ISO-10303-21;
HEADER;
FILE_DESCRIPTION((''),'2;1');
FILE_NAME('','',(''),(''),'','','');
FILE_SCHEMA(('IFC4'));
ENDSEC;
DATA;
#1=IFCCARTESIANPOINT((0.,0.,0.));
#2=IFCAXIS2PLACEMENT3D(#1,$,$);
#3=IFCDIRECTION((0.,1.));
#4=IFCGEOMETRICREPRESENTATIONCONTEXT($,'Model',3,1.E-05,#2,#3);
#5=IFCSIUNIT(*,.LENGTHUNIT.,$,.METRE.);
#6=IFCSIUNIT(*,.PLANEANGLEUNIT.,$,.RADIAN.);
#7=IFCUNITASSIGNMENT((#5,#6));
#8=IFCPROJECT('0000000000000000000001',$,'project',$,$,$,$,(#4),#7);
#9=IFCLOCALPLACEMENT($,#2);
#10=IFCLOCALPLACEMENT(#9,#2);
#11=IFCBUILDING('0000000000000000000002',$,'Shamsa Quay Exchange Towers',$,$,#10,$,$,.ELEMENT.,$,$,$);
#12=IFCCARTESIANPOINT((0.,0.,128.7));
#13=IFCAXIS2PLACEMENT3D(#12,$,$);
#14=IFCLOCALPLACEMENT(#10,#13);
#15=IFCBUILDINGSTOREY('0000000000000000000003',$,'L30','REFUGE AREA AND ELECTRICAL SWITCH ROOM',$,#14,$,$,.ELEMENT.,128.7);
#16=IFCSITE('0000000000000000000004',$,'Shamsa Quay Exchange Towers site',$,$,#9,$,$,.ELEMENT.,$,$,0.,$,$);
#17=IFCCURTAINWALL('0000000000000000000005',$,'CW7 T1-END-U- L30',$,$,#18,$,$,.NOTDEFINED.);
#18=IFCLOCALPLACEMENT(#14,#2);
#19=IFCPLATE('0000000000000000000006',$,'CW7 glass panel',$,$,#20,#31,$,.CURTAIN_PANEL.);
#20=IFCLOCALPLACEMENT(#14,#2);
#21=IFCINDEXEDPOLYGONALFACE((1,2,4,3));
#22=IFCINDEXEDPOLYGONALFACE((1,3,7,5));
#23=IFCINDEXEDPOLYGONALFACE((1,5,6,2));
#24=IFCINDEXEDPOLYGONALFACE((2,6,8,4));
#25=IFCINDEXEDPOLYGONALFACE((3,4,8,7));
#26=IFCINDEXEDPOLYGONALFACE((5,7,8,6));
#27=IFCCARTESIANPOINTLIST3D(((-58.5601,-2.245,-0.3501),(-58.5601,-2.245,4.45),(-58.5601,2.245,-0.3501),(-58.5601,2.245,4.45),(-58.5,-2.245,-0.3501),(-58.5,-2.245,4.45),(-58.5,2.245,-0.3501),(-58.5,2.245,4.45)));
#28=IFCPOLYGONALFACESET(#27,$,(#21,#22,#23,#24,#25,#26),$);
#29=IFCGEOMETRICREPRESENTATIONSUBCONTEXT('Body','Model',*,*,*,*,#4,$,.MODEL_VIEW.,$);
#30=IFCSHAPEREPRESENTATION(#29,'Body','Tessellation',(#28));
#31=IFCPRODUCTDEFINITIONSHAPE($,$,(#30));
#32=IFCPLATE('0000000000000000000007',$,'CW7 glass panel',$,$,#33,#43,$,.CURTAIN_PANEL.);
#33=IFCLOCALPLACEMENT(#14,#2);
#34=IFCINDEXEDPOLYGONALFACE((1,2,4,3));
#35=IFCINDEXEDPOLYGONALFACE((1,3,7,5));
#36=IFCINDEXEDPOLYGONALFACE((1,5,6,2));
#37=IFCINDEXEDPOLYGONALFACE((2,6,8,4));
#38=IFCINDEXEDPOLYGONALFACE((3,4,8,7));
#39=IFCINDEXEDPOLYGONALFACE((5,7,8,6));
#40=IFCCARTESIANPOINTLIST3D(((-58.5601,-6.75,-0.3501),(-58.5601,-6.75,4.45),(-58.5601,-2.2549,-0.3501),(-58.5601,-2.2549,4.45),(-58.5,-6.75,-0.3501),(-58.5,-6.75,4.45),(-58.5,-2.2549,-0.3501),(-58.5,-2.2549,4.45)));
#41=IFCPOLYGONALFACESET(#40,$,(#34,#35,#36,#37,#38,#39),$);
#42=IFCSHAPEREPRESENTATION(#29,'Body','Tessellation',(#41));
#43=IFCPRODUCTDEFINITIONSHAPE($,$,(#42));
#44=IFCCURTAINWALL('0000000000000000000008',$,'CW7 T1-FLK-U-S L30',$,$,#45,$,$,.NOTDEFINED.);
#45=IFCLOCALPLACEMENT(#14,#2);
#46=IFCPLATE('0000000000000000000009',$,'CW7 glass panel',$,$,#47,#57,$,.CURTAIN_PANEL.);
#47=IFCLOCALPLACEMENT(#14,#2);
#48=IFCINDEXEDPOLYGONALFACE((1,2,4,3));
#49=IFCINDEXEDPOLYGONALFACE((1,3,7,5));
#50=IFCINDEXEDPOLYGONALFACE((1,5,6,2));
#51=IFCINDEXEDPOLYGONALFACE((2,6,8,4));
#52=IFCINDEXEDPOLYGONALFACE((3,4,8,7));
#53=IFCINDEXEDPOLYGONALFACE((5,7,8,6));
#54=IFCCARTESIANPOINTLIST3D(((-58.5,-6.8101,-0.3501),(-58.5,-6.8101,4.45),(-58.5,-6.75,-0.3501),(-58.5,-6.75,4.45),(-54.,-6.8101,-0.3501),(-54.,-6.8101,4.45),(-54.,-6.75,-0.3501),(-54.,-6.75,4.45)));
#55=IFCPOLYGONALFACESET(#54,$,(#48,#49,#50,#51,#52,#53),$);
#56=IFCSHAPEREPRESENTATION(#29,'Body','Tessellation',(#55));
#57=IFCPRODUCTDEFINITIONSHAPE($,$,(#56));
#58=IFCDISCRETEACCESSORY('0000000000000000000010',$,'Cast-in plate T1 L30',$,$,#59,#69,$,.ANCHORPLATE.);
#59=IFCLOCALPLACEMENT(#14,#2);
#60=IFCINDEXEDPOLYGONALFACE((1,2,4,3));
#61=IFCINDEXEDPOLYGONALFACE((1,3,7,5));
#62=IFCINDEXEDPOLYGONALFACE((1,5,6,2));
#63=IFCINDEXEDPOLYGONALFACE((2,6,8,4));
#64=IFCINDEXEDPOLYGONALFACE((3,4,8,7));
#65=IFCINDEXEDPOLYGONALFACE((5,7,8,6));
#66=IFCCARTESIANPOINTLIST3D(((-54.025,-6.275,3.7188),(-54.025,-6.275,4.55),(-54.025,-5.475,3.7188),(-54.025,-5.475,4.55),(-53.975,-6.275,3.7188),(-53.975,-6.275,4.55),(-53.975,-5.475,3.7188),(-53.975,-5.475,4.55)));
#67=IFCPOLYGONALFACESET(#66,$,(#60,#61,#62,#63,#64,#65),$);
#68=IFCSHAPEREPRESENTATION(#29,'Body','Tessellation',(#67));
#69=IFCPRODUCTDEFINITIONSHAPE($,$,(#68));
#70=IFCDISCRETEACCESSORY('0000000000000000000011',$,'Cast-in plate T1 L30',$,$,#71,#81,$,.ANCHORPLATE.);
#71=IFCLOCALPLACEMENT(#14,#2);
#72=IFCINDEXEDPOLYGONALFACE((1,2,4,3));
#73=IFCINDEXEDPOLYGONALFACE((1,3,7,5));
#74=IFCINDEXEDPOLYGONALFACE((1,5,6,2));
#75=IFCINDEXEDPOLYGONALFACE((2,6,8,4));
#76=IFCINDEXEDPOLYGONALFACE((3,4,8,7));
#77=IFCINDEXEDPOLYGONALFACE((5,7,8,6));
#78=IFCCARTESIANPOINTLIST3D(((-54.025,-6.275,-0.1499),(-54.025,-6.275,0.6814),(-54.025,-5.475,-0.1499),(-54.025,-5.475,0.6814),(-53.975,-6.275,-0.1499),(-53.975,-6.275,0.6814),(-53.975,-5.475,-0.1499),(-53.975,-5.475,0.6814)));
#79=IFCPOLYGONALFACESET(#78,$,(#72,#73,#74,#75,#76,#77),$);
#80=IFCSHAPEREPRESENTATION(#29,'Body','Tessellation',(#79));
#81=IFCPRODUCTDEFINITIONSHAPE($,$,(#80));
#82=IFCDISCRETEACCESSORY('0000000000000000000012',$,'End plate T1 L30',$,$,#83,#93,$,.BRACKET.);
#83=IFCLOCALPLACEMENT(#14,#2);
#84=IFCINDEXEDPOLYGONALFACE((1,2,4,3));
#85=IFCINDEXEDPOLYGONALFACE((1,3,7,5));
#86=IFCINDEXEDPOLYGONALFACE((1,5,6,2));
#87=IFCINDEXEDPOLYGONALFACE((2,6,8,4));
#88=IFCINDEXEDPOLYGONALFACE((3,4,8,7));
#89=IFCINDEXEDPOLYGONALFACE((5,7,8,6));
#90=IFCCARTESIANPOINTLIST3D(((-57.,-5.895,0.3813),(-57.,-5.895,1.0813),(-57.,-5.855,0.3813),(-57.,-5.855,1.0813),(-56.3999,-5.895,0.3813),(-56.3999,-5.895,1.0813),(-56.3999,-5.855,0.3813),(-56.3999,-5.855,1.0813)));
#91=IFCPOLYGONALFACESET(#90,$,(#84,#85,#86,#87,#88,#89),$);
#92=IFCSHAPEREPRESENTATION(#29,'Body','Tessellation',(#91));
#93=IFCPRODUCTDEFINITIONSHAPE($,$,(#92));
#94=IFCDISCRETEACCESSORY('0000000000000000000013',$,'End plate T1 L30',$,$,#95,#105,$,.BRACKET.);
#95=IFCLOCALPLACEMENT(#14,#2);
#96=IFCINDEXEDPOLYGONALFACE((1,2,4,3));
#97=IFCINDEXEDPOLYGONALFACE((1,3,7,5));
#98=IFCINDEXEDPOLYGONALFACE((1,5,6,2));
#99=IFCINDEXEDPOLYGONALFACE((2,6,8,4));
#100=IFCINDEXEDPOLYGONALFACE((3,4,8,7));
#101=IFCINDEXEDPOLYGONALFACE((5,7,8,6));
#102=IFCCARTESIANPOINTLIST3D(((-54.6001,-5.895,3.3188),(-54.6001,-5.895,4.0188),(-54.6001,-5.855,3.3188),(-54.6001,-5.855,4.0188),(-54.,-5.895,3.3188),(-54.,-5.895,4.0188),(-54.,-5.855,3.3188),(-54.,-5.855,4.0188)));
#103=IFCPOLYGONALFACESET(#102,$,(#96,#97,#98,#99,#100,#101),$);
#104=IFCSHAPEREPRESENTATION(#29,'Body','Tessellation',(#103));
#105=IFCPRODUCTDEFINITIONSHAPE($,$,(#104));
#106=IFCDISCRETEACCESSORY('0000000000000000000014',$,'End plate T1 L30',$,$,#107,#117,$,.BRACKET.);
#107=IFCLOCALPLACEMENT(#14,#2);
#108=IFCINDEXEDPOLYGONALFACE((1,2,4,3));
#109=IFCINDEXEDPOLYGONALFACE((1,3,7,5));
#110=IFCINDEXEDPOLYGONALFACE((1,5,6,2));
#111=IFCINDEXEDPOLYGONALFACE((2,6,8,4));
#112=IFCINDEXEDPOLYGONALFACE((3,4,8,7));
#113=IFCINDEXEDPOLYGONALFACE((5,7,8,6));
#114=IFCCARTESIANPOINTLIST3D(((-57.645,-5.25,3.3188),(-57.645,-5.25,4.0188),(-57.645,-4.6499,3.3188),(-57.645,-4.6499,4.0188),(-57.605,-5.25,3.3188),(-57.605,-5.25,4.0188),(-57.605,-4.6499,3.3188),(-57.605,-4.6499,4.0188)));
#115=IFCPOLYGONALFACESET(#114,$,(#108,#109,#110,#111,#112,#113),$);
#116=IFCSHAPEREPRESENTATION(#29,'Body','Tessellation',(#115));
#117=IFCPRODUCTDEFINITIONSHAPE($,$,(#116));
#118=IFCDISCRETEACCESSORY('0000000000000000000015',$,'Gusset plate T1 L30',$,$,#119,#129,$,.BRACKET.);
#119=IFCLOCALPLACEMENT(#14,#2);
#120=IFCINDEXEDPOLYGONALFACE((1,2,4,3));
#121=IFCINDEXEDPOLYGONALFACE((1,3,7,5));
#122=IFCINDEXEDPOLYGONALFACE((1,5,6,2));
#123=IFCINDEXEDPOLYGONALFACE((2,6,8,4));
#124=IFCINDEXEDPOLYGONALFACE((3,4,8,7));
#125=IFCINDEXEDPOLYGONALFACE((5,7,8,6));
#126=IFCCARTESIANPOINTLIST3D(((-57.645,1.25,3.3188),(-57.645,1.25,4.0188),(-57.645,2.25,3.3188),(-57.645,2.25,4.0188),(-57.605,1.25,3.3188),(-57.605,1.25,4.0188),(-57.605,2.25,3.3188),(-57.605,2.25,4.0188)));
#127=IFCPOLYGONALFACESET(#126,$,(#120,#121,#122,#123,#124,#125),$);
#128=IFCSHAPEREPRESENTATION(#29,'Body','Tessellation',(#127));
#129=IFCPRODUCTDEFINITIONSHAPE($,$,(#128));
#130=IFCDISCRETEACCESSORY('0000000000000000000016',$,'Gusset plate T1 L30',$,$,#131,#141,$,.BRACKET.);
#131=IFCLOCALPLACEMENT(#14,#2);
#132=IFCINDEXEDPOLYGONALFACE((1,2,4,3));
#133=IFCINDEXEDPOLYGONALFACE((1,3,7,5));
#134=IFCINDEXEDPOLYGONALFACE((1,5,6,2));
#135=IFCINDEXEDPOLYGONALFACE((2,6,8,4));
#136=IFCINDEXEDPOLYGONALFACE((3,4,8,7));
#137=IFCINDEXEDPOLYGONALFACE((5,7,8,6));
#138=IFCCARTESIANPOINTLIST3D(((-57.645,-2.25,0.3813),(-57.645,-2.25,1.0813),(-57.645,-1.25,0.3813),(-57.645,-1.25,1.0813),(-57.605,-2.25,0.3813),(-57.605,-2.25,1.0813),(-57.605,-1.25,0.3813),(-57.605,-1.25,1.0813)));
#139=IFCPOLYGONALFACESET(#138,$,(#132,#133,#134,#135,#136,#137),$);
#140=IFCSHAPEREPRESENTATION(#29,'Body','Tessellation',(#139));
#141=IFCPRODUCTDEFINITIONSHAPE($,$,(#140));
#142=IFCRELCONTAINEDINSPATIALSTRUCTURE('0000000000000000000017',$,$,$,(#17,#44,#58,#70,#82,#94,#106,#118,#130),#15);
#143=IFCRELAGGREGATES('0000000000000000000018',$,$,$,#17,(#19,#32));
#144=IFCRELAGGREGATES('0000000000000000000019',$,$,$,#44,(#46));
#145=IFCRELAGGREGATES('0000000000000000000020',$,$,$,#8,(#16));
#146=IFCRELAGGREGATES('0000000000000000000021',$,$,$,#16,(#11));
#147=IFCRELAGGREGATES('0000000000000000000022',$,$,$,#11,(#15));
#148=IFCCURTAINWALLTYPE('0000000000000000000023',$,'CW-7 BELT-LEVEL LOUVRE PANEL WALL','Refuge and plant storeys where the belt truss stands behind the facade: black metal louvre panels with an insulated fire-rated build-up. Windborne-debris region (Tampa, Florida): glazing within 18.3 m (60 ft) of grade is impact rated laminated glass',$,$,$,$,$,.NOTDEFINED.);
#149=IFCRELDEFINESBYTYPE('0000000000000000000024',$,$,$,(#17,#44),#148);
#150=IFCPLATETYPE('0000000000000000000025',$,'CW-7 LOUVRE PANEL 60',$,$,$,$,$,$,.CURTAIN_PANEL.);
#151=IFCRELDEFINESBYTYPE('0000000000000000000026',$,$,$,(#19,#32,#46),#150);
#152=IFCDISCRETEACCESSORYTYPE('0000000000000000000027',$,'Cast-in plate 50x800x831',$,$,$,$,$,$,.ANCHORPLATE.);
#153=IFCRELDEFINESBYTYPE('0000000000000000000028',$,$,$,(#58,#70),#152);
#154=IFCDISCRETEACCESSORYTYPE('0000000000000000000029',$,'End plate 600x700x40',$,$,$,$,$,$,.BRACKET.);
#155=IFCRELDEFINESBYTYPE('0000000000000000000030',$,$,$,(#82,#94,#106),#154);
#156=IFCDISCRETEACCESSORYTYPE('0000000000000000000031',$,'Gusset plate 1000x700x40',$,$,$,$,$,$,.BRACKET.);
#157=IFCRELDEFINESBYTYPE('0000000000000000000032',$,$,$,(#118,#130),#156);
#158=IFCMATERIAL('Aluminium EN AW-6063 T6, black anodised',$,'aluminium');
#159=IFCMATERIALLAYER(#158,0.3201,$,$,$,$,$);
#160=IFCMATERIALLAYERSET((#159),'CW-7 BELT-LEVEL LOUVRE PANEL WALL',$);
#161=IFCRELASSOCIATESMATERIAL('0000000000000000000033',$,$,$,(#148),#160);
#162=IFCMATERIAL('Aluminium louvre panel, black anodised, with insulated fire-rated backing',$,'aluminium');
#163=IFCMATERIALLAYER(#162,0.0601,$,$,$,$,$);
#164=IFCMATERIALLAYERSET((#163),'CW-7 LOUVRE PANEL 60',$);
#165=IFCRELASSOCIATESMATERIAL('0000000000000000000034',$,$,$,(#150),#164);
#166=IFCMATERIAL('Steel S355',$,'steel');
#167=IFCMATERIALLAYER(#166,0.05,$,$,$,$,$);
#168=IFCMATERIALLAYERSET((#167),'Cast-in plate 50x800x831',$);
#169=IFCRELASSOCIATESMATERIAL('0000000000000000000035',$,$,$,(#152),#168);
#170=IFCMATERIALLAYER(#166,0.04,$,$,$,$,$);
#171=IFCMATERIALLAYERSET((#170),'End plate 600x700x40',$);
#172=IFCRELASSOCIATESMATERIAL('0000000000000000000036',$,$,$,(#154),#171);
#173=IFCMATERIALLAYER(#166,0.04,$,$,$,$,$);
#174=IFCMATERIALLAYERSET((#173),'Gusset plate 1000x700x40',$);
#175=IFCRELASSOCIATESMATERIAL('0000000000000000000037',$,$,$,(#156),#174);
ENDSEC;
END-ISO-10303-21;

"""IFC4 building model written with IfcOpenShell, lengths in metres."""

from ifc_helpers import new_model, si_unit, direction, frame, origin, origin_2d, place, context, subcontext, project, spatial, rectangle, extrude, material, layer, layer_set, type_object, element, aggregate, save


model = new_model("IFC4")

# Units and contexts
model_context = context("Model", 3, precision=1e-05, world=origin(), true_north=direction((0.0, 1.0)))
body_context = subcontext(model_context, "Body", "Model", "MODEL_VIEW")
ifc_project = project(units=[si_unit("LENGTHUNIT", "METRE"), si_unit("PLANEANGLEUNIT", "RADIAN")], contexts=[model_context])

# Site, building, storey
site_placement = place(None, origin())
site = spatial("IfcSite", under=ifc_project, at=site_placement, Name="Shamsa Quay Exchange Towers site", CompositionType="ELEMENT", RefElevation=0.0)
building_placement = place(site_placement, origin())
building = spatial("IfcBuilding", under=site, at=building_placement, Name="Shamsa Quay Exchange Towers", CompositionType="ELEMENT")
storey_placement = place(building_placement, frame((0.0, 0.0, 128.7)))
storey = spatial("IfcBuildingStorey", under=building, at=storey_placement, Name="L30", Description="REFUGE AREA AND ELECTRICAL SWITCH ROOM", CompositionType="ELEMENT", Elevation=128.7)

# Shared definitions
ifc_material_1 = material(Name="Steel S355", Category="steel")

# Curtain wall, plates
ifc_material_2 = material(Name="Aluminium EN AW-6063 T6, black anodised", Category="aluminium")
ifc_layer_1 = layer(ifc_material_2, 0.3201)
ifc_layer_set_1 = layer_set([ifc_layer_1], Name="CW-7 BELT-LEVEL LOUVRE PANEL WALL")
curtain_wall_type = type_object("IfcCurtainWallType", Name="CW-7 BELT-LEVEL LOUVRE PANEL WALL", Description="Refuge and plant storeys where the belt truss stands behind the facade: black metal louvre panels with an insulated fire-rated build-up. Windborne-debris region (Tampa, Florida): glazing within 18.3 m (60 ft) of grade is impact rated laminated glass", PredefinedType="NOTDEFINED", material=ifc_layer_set_1)
curtain_wall_1_placement = place(storey_placement, origin())
curtain_wall_1 = element("IfcCurtainWall", 1, at=curtain_wall_1_placement, inside=storey, type_object=curtain_wall_type, Name="CW7 T1-END-U- L30", PredefinedType="NOTDEFINED")
ifc_material_3 = material(Name="Aluminium louvre panel, black anodised, with insulated fire-rated backing", Category="aluminium")
ifc_layer_2 = layer(ifc_material_3, 0.0601)
ifc_layer_set_2 = layer_set([ifc_layer_2], Name="CW-7 LOUVRE PANEL 60")
plate_type = type_object("IfcPlateType", Name="CW-7 LOUVRE PANEL 60", PredefinedType="CURTAIN_PANEL", material=ifc_layer_set_2)
plate_1_placement = place(storey_placement, frame((-58.53, 0.0, -0.3501), z_axis=(0.0, 0.0, 1.0), x_axis=(0.0, -1.0, 0.0)))
plate_1 = element("IfcPlate", 2, at=plate_1_placement, type_object=plate_type, Name="CW7 glass panel", PredefinedType="CURTAIN_PANEL", context=body_context, shape_type="SweptSolid", body=[
    extrude(rectangle(XDim=4.49, YDim=0.0601, at=origin_2d()), origin(), (0.0, 0.0, 1.0), 4.8),
])
plate_2_placement = place(storey_placement, frame((-58.53, -4.5024, -0.3501), z_axis=(0.0, 0.0, 1.0), x_axis=(0.0, -1.0, 0.0)))
plate_2 = element("IfcPlate", 3, at=plate_2_placement, type_object=plate_type, Name="CW7 glass panel", PredefinedType="CURTAIN_PANEL", context=body_context, shape_type="SweptSolid", body=[
    extrude(rectangle(XDim=4.4951, YDim=0.0601, at=origin_2d()), origin(), (0.0, 0.0, 1.0), 4.8),
])
aggregate(curtain_wall_1, [plate_1, plate_2])

# Curtain wall, plate
curtain_wall_2_placement = place(storey_placement, origin())
curtain_wall_2 = element("IfcCurtainWall", 4, at=curtain_wall_2_placement, inside=storey, type_object=curtain_wall_type, Name="CW7 T1-FLK-U-S L30", PredefinedType="NOTDEFINED")
plate_3_placement = place(storey_placement, frame((-56.25, -6.78, -0.3501)))
plate_3 = element("IfcPlate", 5, at=plate_3_placement, type_object=plate_type, Name="CW7 glass panel", PredefinedType="CURTAIN_PANEL", context=body_context, shape_type="SweptSolid", body=[
    extrude(rectangle(XDim=4.5, YDim=0.0601, at=origin_2d()), origin(), (0.0, 0.0, 1.0), 4.8),
])
aggregate(curtain_wall_2, [plate_3])

# Discrete accessories
ifc_layer_3 = layer(ifc_material_1, 0.05)
ifc_layer_set_3 = layer_set([ifc_layer_3], Name="Cast-in plate 50x800x831")
discrete_accessory_type_1 = type_object("IfcDiscreteAccessoryType", Name="Cast-in plate 50x800x831", PredefinedType="ANCHORPLATE", material=ifc_layer_set_3)
for number, where, name in (
    (6, (-54.0, -5.875, 3.7188), "Cast-in plate T1 L30"),
    (7, (-54.0, -5.875, -0.1499), "Cast-in plate T1 L30"),
):
    element("IfcDiscreteAccessory", number, at=place(storey_placement, frame(where)), inside=storey, type_object=discrete_accessory_type_1, Name=name, PredefinedType="ANCHORPLATE", context=body_context, shape_type="SweptSolid", body=[
        extrude(rectangle(XDim=0.05, YDim=0.8, at=origin_2d()), origin(), (0.0, 0.0, 1.0), 0.8313),
    ])
ifc_layer_4 = layer(ifc_material_1, 0.04)
ifc_layer_set_4 = layer_set([ifc_layer_4], Name="End plate 600x700x40")
discrete_accessory_type_2 = type_object("IfcDiscreteAccessoryType", Name="End plate 600x700x40", PredefinedType="BRACKET", material=ifc_layer_set_4)
for number, where, name in (
    (8, (-56.7, -5.875, 0.3813), "End plate T1 L30"),
    (9, (-54.3, -5.875, 3.3188), "End plate T1 L30"),
):
    element("IfcDiscreteAccessory", number, at=place(storey_placement, frame(where)), inside=storey, type_object=discrete_accessory_type_2, Name=name, PredefinedType="BRACKET", context=body_context, shape_type="SweptSolid", body=[
        extrude(rectangle(XDim=0.6001, YDim=0.04, at=origin_2d()), origin(), (0.0, 0.0, 1.0), 0.7),
    ])
discrete_accessory_placement = place(storey_placement, frame((-57.625, -4.95, 3.3188), z_axis=(0.0, 0.0, 1.0), x_axis=(0.0, -1.0, 0.0)))
element("IfcDiscreteAccessory", 10, at=discrete_accessory_placement, inside=storey, type_object=discrete_accessory_type_2, Name="End plate T1 L30", PredefinedType="BRACKET", context=body_context, shape_type="SweptSolid", body=[
    extrude(rectangle(XDim=0.6001, YDim=0.04, at=origin_2d()), origin(), (0.0, 0.0, 1.0), 0.7),
])
ifc_layer_5 = layer(ifc_material_1, 0.04)
ifc_layer_set_5 = layer_set([ifc_layer_5], Name="Gusset plate 1000x700x40")
discrete_accessory_type_3 = type_object("IfcDiscreteAccessoryType", Name="Gusset plate 1000x700x40", PredefinedType="BRACKET", material=ifc_layer_set_5)
for number, where, z_axis, x_axis, name in (
    (11, (-57.625, 1.75, 3.3188), (0.0, 0.0, 1.0), (0.0, -1.0, 0.0), "Gusset plate T1 L30"),
    (12, (-57.625, -1.75, 0.3813), (0.0, 0.0, 1.0), (0.0, -1.0, 0.0), "Gusset plate T1 L30"),
):
    element("IfcDiscreteAccessory", number, at=place(storey_placement, frame(where, z_axis=z_axis, x_axis=x_axis)), inside=storey, type_object=discrete_accessory_type_3, Name=name, PredefinedType="BRACKET", context=body_context, shape_type="SweptSolid", body=[
        extrude(rectangle(XDim=1.0, YDim=0.04, at=origin_2d()), origin(), (0.0, 0.0, 1.0), 0.7),
    ])

save(model, "model.ifc")
